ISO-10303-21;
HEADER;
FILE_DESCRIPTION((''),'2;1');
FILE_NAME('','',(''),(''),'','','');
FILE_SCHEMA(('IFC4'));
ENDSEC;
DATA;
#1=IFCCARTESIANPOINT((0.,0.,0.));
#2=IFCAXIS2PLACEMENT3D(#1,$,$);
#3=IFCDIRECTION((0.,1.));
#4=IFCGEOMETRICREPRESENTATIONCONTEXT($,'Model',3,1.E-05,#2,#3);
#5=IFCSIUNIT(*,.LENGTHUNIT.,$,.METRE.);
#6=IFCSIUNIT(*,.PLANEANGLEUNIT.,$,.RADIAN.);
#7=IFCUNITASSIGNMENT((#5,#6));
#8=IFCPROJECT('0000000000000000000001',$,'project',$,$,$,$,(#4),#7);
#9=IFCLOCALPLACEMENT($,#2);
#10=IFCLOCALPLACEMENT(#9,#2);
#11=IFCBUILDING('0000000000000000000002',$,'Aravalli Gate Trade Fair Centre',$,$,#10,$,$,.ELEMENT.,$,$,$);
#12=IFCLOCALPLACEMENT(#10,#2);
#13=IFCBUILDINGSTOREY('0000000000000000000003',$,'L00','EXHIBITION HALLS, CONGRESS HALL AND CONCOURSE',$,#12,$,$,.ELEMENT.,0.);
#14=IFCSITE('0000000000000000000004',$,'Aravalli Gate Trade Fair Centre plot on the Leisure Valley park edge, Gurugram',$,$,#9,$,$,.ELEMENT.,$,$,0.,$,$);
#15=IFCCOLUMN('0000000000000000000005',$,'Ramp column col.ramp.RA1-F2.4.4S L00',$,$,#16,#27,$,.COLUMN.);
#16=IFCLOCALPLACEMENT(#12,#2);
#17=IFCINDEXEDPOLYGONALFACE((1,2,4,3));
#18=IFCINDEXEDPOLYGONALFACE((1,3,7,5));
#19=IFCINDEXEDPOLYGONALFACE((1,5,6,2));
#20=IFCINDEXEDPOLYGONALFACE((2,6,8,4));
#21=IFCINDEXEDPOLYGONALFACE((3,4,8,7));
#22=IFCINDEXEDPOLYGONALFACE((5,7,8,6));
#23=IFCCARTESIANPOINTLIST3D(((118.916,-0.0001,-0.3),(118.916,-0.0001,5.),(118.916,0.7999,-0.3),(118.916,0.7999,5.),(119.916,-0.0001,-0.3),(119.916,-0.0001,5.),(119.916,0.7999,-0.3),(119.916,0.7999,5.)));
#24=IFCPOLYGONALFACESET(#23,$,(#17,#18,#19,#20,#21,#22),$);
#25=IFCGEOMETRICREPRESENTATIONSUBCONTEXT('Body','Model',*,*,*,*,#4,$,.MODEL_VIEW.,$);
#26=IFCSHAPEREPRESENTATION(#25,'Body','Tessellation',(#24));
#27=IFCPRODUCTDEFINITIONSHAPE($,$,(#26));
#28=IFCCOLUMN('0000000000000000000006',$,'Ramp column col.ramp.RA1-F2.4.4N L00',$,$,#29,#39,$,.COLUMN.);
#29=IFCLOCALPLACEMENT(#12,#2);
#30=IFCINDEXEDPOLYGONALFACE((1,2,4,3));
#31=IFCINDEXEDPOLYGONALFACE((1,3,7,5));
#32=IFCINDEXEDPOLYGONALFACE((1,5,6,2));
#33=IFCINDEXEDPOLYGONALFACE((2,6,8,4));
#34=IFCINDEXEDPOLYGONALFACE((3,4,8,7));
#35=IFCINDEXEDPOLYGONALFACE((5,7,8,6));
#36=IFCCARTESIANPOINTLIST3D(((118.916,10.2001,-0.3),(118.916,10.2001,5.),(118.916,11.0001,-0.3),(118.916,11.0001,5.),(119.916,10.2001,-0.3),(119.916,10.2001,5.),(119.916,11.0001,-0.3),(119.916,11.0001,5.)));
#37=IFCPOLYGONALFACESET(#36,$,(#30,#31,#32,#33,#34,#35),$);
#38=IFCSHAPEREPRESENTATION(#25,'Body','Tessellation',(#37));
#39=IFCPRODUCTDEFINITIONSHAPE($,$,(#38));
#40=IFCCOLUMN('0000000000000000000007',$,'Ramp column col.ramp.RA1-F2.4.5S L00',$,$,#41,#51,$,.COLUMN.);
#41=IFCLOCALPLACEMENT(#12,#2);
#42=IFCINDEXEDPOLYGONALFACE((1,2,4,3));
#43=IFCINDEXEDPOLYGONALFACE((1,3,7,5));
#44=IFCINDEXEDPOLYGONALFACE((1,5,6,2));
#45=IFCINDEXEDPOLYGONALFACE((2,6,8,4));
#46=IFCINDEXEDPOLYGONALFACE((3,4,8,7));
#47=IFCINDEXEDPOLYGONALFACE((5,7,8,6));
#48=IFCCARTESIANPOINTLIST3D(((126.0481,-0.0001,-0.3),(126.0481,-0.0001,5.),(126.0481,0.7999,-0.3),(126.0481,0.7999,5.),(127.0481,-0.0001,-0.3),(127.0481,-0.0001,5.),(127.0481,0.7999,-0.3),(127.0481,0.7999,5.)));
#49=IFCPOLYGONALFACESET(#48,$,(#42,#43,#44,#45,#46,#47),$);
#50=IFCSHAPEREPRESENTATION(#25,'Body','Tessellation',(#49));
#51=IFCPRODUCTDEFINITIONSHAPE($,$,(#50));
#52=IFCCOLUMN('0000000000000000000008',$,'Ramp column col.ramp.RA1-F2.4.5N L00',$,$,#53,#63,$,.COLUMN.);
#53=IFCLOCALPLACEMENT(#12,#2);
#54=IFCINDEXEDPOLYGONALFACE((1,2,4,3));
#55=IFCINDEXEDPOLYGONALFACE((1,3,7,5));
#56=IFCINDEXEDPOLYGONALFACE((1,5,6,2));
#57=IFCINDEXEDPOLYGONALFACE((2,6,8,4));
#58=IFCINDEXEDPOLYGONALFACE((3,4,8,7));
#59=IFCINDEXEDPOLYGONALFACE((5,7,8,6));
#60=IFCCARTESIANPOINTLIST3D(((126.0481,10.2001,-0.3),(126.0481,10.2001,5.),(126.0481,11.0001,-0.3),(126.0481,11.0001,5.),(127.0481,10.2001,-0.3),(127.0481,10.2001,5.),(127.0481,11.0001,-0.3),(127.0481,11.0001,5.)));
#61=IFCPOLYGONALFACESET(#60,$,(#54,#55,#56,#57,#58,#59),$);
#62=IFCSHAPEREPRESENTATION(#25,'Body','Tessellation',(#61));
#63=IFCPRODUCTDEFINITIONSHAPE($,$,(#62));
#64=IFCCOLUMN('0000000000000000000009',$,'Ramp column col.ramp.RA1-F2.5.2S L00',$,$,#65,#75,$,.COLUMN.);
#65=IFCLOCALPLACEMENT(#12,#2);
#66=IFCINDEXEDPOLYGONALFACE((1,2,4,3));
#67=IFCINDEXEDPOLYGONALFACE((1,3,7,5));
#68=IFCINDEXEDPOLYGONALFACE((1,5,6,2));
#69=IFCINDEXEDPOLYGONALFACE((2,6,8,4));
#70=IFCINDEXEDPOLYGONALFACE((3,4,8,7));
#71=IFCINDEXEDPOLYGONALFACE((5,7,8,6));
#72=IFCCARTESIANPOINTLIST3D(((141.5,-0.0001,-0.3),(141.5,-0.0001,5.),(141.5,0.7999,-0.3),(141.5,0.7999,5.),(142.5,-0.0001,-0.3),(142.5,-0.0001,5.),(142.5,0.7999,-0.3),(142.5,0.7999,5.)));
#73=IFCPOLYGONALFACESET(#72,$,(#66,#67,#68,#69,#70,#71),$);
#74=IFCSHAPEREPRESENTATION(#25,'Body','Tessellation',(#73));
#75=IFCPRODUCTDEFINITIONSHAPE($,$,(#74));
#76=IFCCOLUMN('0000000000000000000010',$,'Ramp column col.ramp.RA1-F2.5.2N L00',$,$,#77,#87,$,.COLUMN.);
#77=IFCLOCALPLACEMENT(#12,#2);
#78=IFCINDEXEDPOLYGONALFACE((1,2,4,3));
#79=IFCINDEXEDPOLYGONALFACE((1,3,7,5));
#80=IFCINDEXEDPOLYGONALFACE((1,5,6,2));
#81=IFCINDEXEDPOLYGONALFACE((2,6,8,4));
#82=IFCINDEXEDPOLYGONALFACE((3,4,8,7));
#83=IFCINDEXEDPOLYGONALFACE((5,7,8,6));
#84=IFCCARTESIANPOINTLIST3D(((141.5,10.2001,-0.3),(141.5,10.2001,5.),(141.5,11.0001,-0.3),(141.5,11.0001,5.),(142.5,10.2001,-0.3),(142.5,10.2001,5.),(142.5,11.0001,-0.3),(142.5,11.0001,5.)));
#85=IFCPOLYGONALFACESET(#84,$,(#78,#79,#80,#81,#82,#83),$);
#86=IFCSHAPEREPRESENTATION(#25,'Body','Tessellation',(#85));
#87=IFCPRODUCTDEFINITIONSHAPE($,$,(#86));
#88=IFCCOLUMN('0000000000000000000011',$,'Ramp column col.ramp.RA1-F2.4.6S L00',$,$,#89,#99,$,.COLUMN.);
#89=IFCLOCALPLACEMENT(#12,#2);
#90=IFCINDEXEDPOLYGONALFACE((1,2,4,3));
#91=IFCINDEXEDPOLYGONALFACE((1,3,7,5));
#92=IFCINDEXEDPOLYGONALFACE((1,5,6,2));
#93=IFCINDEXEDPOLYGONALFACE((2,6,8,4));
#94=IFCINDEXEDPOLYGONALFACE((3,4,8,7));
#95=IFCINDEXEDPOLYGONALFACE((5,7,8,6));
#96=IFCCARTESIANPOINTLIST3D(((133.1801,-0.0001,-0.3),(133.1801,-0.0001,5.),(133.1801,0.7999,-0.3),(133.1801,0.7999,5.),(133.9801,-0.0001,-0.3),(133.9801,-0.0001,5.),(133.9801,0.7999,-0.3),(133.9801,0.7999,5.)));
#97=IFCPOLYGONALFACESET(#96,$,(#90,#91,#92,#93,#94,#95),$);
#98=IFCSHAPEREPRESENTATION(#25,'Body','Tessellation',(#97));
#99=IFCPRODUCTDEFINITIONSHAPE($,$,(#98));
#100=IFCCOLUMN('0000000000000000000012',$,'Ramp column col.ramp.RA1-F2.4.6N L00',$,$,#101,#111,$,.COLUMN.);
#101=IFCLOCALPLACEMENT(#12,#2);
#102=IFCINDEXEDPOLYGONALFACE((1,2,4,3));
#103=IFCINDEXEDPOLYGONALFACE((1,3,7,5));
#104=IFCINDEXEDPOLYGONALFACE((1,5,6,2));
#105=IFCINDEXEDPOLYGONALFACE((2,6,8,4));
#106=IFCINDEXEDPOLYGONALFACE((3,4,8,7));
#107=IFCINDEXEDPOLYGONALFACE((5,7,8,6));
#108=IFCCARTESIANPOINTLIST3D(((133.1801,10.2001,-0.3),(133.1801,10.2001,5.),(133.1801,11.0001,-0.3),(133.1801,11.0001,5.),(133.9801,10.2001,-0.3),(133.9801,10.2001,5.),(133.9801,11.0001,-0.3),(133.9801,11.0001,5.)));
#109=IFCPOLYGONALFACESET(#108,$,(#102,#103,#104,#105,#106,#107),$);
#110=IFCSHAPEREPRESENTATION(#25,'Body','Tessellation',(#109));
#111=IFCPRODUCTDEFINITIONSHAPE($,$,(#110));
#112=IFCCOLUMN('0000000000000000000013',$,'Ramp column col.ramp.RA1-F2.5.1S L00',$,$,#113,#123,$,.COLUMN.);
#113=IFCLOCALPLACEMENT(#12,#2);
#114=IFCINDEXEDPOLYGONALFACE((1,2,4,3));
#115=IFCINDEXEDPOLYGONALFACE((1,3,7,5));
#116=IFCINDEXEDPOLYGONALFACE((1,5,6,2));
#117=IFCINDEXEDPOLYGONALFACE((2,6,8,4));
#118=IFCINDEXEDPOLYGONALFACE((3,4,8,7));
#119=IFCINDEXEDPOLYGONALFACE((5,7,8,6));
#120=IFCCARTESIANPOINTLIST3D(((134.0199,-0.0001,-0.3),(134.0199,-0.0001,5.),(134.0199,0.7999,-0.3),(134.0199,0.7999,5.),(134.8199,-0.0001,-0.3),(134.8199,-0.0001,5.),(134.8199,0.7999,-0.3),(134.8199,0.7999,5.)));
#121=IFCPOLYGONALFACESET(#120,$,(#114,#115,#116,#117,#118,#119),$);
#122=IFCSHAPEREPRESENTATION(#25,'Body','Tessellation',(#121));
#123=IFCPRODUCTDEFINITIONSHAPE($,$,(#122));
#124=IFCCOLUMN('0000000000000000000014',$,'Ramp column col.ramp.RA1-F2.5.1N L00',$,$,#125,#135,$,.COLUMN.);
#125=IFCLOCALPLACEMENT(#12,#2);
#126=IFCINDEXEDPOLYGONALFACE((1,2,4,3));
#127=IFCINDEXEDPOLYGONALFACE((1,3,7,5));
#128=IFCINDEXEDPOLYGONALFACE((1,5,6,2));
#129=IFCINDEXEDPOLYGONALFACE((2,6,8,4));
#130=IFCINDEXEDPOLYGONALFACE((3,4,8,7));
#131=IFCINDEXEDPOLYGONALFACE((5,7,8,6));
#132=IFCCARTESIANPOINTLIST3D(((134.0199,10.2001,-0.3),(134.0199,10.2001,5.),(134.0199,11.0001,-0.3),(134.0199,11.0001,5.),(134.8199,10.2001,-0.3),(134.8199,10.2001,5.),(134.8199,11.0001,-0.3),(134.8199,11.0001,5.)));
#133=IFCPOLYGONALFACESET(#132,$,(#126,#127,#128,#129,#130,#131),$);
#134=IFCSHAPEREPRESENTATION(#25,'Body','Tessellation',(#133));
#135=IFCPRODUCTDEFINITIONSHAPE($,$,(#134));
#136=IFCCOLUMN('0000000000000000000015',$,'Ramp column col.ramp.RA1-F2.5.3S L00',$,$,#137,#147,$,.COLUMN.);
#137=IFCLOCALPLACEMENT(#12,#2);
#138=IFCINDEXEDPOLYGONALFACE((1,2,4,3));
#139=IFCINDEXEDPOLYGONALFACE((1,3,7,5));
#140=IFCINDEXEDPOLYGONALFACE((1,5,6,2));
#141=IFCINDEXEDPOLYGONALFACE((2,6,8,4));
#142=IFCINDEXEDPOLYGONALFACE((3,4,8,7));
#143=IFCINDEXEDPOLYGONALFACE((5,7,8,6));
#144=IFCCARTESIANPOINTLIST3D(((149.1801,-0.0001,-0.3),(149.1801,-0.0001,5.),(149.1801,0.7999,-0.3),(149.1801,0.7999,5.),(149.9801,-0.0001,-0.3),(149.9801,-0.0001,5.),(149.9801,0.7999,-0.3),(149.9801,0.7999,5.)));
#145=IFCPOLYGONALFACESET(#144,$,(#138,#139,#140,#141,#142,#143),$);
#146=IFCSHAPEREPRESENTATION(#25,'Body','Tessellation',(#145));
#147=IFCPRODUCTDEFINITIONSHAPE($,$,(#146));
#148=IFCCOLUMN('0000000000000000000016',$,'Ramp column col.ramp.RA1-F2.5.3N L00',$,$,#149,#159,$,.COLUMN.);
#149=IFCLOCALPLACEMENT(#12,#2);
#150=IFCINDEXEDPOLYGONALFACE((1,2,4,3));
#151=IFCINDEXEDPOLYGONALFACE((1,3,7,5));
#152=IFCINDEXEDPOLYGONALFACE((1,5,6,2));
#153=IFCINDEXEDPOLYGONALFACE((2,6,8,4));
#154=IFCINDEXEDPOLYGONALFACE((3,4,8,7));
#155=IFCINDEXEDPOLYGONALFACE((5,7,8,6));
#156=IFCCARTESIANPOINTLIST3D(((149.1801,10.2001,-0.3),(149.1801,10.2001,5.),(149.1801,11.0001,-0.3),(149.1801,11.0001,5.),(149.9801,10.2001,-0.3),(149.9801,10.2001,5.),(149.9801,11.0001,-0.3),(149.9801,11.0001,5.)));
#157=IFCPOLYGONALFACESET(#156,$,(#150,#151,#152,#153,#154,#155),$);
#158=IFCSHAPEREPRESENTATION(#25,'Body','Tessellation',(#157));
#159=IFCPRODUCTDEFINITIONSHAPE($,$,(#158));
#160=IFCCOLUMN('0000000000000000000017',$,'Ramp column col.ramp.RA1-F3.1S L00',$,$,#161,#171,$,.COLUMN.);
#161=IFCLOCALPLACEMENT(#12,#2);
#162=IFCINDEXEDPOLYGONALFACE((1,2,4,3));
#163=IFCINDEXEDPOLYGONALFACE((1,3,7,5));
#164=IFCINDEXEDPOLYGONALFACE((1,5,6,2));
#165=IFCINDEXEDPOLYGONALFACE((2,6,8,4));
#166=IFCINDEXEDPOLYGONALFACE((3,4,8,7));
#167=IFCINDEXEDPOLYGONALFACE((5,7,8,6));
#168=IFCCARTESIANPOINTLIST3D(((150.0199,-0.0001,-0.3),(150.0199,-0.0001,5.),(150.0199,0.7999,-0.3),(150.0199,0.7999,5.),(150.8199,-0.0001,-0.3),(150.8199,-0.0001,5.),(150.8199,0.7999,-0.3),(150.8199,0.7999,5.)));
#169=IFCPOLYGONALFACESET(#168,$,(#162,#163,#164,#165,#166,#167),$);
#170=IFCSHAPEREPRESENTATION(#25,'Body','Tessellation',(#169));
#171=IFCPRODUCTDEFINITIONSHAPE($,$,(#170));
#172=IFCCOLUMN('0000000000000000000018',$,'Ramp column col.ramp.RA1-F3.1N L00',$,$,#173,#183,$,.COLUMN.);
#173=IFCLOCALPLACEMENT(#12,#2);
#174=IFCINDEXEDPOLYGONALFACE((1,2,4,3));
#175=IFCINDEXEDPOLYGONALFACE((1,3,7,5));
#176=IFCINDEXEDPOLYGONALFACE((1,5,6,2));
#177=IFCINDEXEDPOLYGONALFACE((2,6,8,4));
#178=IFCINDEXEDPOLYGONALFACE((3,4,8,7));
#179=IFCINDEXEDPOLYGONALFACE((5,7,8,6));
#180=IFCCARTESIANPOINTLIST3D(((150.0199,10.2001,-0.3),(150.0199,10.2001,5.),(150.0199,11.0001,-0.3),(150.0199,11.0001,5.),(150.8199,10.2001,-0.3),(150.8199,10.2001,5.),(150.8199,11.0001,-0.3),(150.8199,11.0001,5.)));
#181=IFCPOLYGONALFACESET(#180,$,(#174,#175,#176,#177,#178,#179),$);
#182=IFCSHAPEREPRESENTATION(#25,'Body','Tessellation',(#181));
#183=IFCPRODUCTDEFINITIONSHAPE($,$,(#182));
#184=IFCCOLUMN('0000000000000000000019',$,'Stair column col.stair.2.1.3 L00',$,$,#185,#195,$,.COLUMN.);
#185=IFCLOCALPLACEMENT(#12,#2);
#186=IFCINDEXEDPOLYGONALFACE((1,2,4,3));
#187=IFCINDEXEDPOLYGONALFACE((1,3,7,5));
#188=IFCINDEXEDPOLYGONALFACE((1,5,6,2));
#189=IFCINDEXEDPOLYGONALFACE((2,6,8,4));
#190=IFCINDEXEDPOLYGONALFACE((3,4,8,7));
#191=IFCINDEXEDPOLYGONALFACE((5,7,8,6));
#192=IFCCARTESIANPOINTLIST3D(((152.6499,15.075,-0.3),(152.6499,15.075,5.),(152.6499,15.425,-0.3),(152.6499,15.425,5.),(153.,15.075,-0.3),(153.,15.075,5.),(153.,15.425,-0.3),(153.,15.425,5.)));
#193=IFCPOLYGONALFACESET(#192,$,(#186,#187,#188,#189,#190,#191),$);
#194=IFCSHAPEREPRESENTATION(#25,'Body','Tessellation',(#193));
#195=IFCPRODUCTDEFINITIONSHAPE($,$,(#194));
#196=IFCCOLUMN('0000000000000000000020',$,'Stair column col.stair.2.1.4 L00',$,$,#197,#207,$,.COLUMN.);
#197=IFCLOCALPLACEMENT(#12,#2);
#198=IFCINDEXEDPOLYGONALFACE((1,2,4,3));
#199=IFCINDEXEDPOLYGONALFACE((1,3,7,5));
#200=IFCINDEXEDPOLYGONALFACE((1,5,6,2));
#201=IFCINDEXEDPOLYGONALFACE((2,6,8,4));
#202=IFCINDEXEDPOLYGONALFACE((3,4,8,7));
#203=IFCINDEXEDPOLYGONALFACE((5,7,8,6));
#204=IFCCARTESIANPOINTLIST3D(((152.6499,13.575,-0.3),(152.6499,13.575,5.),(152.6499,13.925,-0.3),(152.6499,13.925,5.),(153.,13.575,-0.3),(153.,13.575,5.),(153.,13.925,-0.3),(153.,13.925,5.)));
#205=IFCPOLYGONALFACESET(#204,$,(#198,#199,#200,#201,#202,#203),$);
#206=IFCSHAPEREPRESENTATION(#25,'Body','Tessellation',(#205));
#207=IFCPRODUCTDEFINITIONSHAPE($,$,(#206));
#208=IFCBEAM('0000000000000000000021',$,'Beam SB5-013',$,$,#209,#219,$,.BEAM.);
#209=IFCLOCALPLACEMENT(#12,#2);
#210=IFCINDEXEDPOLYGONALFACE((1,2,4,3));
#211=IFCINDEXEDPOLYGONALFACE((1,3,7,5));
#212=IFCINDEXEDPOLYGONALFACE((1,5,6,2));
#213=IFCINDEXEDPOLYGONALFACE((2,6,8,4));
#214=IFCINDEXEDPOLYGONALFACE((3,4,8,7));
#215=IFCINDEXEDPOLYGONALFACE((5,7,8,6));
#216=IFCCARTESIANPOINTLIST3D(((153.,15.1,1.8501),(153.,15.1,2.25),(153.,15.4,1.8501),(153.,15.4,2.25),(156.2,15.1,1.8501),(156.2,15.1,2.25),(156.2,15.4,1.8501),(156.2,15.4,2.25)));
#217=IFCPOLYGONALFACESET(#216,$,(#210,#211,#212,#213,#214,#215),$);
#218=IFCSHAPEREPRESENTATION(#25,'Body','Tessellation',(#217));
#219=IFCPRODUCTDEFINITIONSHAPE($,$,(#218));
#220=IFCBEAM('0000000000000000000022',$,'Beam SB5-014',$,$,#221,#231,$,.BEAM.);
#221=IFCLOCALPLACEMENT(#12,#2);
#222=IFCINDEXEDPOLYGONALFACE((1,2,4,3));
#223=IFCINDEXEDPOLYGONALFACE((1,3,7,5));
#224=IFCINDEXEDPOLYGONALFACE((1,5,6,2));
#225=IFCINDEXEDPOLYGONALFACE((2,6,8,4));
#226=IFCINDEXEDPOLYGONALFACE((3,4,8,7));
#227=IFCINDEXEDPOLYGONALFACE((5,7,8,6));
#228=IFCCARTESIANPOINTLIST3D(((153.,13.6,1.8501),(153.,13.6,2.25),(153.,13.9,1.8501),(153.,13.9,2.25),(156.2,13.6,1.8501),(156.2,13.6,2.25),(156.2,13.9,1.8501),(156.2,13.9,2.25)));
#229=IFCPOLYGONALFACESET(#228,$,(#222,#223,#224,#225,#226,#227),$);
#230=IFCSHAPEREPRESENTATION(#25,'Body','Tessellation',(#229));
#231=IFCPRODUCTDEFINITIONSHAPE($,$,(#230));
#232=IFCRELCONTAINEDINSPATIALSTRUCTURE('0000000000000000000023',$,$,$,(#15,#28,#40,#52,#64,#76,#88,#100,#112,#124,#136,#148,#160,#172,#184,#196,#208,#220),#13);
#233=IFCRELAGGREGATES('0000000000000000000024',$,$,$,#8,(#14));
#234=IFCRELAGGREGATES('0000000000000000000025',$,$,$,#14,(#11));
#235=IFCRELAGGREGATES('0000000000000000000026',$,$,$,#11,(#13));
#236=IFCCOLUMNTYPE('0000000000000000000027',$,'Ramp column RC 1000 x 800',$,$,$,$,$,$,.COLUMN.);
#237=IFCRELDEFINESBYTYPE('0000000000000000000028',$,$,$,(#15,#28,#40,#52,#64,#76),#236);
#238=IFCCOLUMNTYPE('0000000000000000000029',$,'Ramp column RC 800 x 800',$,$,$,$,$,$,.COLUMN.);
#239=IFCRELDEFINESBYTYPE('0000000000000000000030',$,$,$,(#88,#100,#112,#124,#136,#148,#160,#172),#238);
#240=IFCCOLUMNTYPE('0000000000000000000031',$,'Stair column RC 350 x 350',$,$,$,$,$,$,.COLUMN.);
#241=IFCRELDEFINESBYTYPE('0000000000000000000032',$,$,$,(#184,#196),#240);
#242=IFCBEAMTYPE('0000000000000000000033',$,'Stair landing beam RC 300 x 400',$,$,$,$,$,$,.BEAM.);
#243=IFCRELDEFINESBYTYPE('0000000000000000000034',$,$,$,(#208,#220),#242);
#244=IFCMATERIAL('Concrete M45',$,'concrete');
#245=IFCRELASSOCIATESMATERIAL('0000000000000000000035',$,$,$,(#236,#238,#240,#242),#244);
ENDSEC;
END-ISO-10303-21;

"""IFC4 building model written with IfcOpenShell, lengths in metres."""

from ifc_helpers import new_model, si_unit, direction, frame, origin, origin_2d, place, context, subcontext, project, spatial, rectangle, extrude, material, material_profile, profile_set, type_object, element, save


model = new_model("IFC4")

# Units and contexts
model_context = context("Model", 3, precision=1e-05, world=origin(), true_north=direction((0.0, 1.0)))
body_context = subcontext(model_context, "Body", "Model", "MODEL_VIEW")
ifc_project = project(units=[si_unit("LENGTHUNIT", "METRE"), si_unit("PLANEANGLEUNIT", "RADIAN")], contexts=[model_context])

# Site, building, storey
site_placement = place(None, origin())
site = spatial("IfcSite", under=ifc_project, at=site_placement, Name="Aravalli Gate Trade Fair Centre plot on the Leisure Valley park edge, Gurugram", CompositionType="ELEMENT", RefElevation=0.0)
building_placement = place(site_placement, origin())
building = spatial("IfcBuilding", under=site, at=building_placement, Name="Aravalli Gate Trade Fair Centre", CompositionType="ELEMENT")
storey_placement = place(building_placement, origin())
storey = spatial("IfcBuildingStorey", under=building, at=storey_placement, Name="L00", Description="EXHIBITION HALLS, CONGRESS HALL AND CONCOURSE", CompositionType="ELEMENT", Elevation=0.0)

# Columns
ifc_material = material(Name="Concrete M45", Category="concrete")
ifc_material_profile_1 = material_profile(ifc_material, rectangle(XDim=1.0, YDim=0.8, at=origin_2d()), Name="Ramp column RC 1000 x 800")
ifc_profile_set_1 = profile_set([ifc_material_profile_1], Name="Concrete M45")
column_type_1 = type_object("IfcColumnType", Name="Ramp column RC 1000 x 800", PredefinedType="COLUMN", material=ifc_profile_set_1)
for number, where, z_axis, x_axis, name in (
    (1, (119.416, 0.3999, -0.3), (0.0, 0.0, 1.0), (1.0, 0.0, 0.0), "Ramp column col.ramp.RA1-F2.4.4S L00"),
    (2, (119.416, 10.6001, -0.3), (0.0, 0.0, 1.0), (1.0, 0.0, 0.0), "Ramp column col.ramp.RA1-F2.4.4N L00"),
    (3, (126.5481, 0.3999, -0.3), (0.0, 0.0, 1.0), (1.0, 0.0, 0.0), "Ramp column col.ramp.RA1-F2.4.5S L00"),
    (4, (126.5481, 10.6001, -0.3), (0.0, 0.0, 1.0), (1.0, 0.0, 0.0), "Ramp column col.ramp.RA1-F2.4.5N L00"),
    (5, (142.0, 0.3999, -0.3), (0.0, 0.0, 1.0), (1.0, 0.0, 0.0), "Ramp column col.ramp.RA1-F2.5.2S L00"),
    (6, (142.0, 10.6001, -0.3), (0.0, 0.0, 1.0), (1.0, 0.0, 0.0), "Ramp column col.ramp.RA1-F2.5.2N L00"),
):
    element("IfcColumn", number, at=place(storey_placement, frame(where, z_axis=z_axis, x_axis=x_axis)), inside=storey, type_object=column_type_1, Name=name, PredefinedType="COLUMN", context=body_context, shape_type="SweptSolid", body=[
        extrude(rectangle(XDim=1.0, YDim=0.8, at=origin_2d()), origin(), (0.0, 0.0, 1.0), 5.3),
    ])
ifc_material_profile_2 = material_profile(ifc_material, rectangle(XDim=0.8, YDim=0.8, at=origin_2d()), Name="Ramp column RC 800 x 800")
ifc_profile_set_2 = profile_set([ifc_material_profile_2], Name="Concrete M45")
column_type_2 = type_object("IfcColumnType", Name="Ramp column RC 800 x 800", PredefinedType="COLUMN", material=ifc_profile_set_2)
for number, where, z_axis, x_axis, name in (
    (7, (133.5801, 0.3999, -0.3), (0.0, 0.0, 1.0), (1.0, 0.0, 0.0), "Ramp column col.ramp.RA1-F2.4.6S L00"),
    (8, (133.5801, 10.6001, -0.3), (0.0, 0.0, 1.0), (1.0, 0.0, 0.0), "Ramp column col.ramp.RA1-F2.4.6N L00"),
    (9, (134.4199, 0.3999, -0.3), (0.0, 0.0, 1.0), (1.0, 0.0, 0.0), "Ramp column col.ramp.RA1-F2.5.1S L00"),
    (10, (134.4199, 10.6001, -0.3), (0.0, 0.0, 1.0), (1.0, 0.0, 0.0), "Ramp column col.ramp.RA1-F2.5.1N L00"),
    (11, (149.5801, 0.3999, -0.3), (0.0, 0.0, 1.0), (1.0, 0.0, 0.0), "Ramp column col.ramp.RA1-F2.5.3S L00"),
    (12, (149.5801, 10.6001, -0.3), (0.0, 0.0, 1.0), (1.0, 0.0, 0.0), "Ramp column col.ramp.RA1-F2.5.3N L00"),
    (13, (150.4199, 0.3999, -0.3), (0.0, 0.0, 1.0), (1.0, 0.0, 0.0), "Ramp column col.ramp.RA1-F3.1S L00"),
    (14, (150.4199, 10.6001, -0.3), (0.0, 0.0, 1.0), (1.0, 0.0, 0.0), "Ramp column col.ramp.RA1-F3.1N L00"),
):
    element("IfcColumn", number, at=place(storey_placement, frame(where, z_axis=z_axis, x_axis=x_axis)), inside=storey, type_object=column_type_2, Name=name, PredefinedType="COLUMN", context=body_context, shape_type="SweptSolid", body=[
        extrude(rectangle(XDim=0.8, YDim=0.8, at=origin_2d()), origin(), (0.0, 0.0, 1.0), 5.3),
    ])
ifc_material_profile_3 = material_profile(ifc_material, rectangle(XDim=0.3501, YDim=0.3501, at=origin_2d()), Name="Stair column RC 350 x 350")
ifc_profile_set_3 = profile_set([ifc_material_profile_3], Name="Concrete M45")
column_type_3 = type_object("IfcColumnType", Name="Stair column RC 350 x 350", PredefinedType="COLUMN", material=ifc_profile_set_3)
for number, where, z_axis, x_axis, name in (
    (15, (152.825, 15.25, -0.3), (0.0, 0.0, 1.0), (1.0, 0.0, 0.0), "Stair column col.stair.2.1.3 L00"),
    (16, (152.825, 13.75, -0.3), (0.0, 0.0, 1.0), (1.0, 0.0, 0.0), "Stair column col.stair.2.1.4 L00"),
):
    element("IfcColumn", number, at=place(storey_placement, frame(where, z_axis=z_axis, x_axis=x_axis)), inside=storey, type_object=column_type_3, Name=name, PredefinedType="COLUMN", context=body_context, shape_type="SweptSolid", body=[
        extrude(rectangle(XDim=0.3501, YDim=0.3501, at=origin_2d()), origin(), (0.0, 0.0, 1.0), 5.3),
    ])

# Beams
ifc_material_profile_4 = material_profile(ifc_material, rectangle(XDim=0.3, YDim=0.3999, at=origin_2d()), Name="Stair landing beam RC 300 x 400")
ifc_profile_set_4 = profile_set([ifc_material_profile_4], Name="Concrete M45")
beam_type = type_object("IfcBeamType", Name="Stair landing beam RC 300 x 400", PredefinedType="BEAM", material=ifc_profile_set_4)
for number, where, z_axis, x_axis, name in (
    (17, (153.0, 15.25, 2.05), (1.0, 0.0, 0.0), (0.0, 1.0, 0.0), "Beam SB5-013"),
    (18, (153.0, 13.75, 2.05), (1.0, 0.0, 0.0), (0.0, 1.0, 0.0), "Beam SB5-014"),
):
    element("IfcBeam", number, at=place(storey_placement, frame(where, z_axis=z_axis, x_axis=x_axis)), inside=storey, type_object=beam_type, Name=name, PredefinedType="BEAM", context=body_context, shape_type="SweptSolid", body=[
        extrude(rectangle(XDim=0.3, YDim=0.3999, at=origin_2d()), origin(), (0.0, 0.0, 1.0), 3.2),
    ])

save(model, "model.ifc")
